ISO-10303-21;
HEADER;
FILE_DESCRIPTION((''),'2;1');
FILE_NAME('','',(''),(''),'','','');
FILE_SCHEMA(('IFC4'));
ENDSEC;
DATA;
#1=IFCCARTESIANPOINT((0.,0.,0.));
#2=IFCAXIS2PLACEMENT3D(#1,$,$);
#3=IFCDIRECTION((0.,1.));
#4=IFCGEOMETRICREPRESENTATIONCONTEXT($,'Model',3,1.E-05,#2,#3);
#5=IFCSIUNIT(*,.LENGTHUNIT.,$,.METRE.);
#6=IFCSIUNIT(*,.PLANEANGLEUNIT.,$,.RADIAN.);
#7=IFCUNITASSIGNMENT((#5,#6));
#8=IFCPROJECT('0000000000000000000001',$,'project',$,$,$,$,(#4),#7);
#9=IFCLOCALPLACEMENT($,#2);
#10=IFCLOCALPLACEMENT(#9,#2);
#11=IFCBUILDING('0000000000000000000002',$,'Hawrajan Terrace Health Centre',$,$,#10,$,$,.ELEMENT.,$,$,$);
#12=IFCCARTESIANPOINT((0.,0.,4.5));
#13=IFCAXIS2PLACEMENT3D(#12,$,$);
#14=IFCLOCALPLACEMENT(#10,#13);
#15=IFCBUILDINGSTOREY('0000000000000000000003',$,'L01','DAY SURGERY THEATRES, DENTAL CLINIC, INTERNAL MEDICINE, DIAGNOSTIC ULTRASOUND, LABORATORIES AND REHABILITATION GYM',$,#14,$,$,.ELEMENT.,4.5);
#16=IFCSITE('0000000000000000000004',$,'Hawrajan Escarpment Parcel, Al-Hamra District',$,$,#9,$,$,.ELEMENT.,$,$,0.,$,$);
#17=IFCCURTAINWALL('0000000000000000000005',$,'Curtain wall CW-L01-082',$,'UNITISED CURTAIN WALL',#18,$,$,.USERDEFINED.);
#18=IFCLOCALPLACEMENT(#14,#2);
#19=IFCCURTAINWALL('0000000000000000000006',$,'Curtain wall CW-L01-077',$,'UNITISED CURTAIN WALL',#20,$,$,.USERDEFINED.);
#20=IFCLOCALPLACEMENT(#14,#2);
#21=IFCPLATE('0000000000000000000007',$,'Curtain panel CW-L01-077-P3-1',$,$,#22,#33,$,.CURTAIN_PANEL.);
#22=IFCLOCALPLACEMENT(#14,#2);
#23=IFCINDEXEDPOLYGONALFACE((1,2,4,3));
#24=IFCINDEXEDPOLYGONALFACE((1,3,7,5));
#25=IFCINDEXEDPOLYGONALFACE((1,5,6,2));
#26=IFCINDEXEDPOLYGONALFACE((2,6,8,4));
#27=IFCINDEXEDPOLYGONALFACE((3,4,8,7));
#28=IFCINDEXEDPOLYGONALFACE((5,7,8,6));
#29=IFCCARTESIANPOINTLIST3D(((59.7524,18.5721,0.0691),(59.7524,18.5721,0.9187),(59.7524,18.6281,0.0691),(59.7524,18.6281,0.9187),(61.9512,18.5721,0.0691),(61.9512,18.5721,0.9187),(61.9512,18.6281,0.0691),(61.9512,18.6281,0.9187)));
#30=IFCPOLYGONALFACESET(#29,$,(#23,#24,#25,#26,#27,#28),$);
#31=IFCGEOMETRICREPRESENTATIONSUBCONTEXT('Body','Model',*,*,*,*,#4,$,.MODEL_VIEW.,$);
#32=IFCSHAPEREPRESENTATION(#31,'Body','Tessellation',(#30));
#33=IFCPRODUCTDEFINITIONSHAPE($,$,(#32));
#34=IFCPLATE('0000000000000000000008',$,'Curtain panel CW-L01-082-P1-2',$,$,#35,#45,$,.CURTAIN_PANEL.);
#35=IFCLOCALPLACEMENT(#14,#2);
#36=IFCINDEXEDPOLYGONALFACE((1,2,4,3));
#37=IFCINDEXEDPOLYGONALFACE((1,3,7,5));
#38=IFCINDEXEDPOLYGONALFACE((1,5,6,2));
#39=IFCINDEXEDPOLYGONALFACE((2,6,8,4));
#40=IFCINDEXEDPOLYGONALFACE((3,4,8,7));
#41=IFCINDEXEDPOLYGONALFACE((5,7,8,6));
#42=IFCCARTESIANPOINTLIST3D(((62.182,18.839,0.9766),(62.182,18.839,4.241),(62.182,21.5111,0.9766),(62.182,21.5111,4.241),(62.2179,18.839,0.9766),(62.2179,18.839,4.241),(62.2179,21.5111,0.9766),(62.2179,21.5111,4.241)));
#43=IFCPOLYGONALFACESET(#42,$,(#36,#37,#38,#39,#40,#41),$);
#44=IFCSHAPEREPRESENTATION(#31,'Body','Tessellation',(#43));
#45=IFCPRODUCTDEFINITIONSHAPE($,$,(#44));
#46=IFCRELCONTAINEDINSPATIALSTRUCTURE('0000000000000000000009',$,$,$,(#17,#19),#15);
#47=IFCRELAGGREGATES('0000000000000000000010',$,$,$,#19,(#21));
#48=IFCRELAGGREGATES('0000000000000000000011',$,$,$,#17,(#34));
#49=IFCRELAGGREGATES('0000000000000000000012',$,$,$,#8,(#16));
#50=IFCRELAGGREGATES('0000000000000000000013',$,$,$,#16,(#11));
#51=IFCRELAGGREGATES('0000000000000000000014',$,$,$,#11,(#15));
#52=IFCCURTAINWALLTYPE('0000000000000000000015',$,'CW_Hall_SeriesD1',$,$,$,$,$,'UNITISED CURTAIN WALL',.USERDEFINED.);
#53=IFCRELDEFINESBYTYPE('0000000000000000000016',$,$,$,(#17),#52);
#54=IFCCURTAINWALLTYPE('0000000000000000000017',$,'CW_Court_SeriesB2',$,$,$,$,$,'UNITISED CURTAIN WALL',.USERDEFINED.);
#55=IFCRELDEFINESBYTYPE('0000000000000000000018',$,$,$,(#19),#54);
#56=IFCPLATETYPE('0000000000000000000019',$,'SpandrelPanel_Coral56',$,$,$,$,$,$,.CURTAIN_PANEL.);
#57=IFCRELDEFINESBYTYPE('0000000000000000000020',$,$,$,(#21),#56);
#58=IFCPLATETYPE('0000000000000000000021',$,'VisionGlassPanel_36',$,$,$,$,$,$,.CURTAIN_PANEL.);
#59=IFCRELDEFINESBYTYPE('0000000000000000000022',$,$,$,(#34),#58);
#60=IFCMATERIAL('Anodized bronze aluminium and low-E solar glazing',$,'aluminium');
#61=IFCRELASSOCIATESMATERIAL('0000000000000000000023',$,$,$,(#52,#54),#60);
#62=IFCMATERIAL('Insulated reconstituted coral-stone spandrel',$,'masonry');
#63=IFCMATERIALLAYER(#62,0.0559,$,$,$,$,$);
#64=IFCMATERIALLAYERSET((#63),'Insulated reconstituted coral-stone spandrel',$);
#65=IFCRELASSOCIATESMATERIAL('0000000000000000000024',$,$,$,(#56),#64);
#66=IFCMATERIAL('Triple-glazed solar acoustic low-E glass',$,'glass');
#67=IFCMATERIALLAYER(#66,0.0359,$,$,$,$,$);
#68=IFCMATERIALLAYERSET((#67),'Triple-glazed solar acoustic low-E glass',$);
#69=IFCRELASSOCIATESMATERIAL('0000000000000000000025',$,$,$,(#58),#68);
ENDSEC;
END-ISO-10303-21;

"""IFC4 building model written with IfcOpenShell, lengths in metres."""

from ifc_helpers import new_model, si_unit, direction, frame, origin, origin_2d, place, context, subcontext, project, spatial, rectangle, extrude, material, layer, layer_set, type_object, element, aggregate, save


model = new_model("IFC4")

# Units and contexts
model_context = context("Model", 3, precision=1e-05, world=origin(), true_north=direction((0.0, 1.0)))
body_context = subcontext(model_context, "Body", "Model", "MODEL_VIEW")
ifc_project = project(units=[si_unit("LENGTHUNIT", "METRE"), si_unit("PLANEANGLEUNIT", "RADIAN")], contexts=[model_context])

# Site, building, storey
site_placement = place(None, origin())
site = spatial("IfcSite", under=ifc_project, at=site_placement, Name="Hawrajan Escarpment Parcel, Al-Hamra District", CompositionType="ELEMENT", RefElevation=0.0)
building_placement = place(site_placement, origin())
building = spatial("IfcBuilding", under=site, at=building_placement, Name="Hawrajan Terrace Health Centre", CompositionType="ELEMENT")
storey_placement = place(building_placement, frame((0.0, 0.0, 4.5)))
storey = spatial("IfcBuildingStorey", under=building, at=storey_placement, Name="L01", Description="DAY SURGERY THEATRES, DENTAL CLINIC, INTERNAL MEDICINE, DIAGNOSTIC ULTRASOUND, LABORATORIES AND REHABILITATION GYM", CompositionType="ELEMENT", Elevation=4.5)

# Curtain walls
ifc_material_1 = material(Name="Anodized bronze aluminium and low-E solar glazing", Category="aluminium")
curtain_wall_type_1 = type_object("IfcCurtainWallType", Name="CW_Hall_SeriesD1", ElementType="UNITISED CURTAIN WALL", PredefinedType="USERDEFINED", material=ifc_material_1)
curtain_wall_1_placement = place(storey_placement, origin())
curtain_wall_1 = element("IfcCurtainWall", 1, at=curtain_wall_1_placement, inside=storey, type_object=curtain_wall_type_1, Name="Curtain wall CW-L01-082", ObjectType="UNITISED CURTAIN WALL", PredefinedType="USERDEFINED")
curtain_wall_type_2 = type_object("IfcCurtainWallType", Name="CW_Court_SeriesB2", ElementType="UNITISED CURTAIN WALL", PredefinedType="USERDEFINED", material=ifc_material_1)
curtain_wall_2_placement = place(storey_placement, origin())
curtain_wall_2 = element("IfcCurtainWall", 2, at=curtain_wall_2_placement, inside=storey, type_object=curtain_wall_type_2, Name="Curtain wall CW-L01-077", ObjectType="UNITISED CURTAIN WALL", PredefinedType="USERDEFINED")

# Plates
ifc_material_2 = material(Name="Insulated reconstituted coral-stone spandrel", Category="masonry")
ifc_layer_1 = layer(ifc_material_2, 0.0559)
ifc_layer_set_1 = layer_set([ifc_layer_1], Name="Insulated reconstituted coral-stone spandrel")
plate_type_1 = type_object("IfcPlateType", Name="SpandrelPanel_Coral56", PredefinedType="CURTAIN_PANEL", material=ifc_layer_set_1)
plate_1_placement = place(storey_placement, frame((60.8518, 18.6001, 0.0691), z_axis=(0.0, 0.0, 1.0), x_axis=(1.0, 0.0, 0.0)))
plate_1 = element("IfcPlate", 3, at=plate_1_placement, type_object=plate_type_1, Name="Curtain panel CW-L01-077-P3-1", PredefinedType="CURTAIN_PANEL", context=body_context, shape_type="SweptSolid", body=[
    extrude(rectangle(XDim=2.1987, YDim=0.0559, at=origin_2d()), origin(), (0.0, 0.0, 1.0), 0.8496),
])
aggregate(curtain_wall_2, [plate_1])
ifc_material_3 = material(Name="Triple-glazed solar acoustic low-E glass", Category="glass")
ifc_layer_2 = layer(ifc_material_3, 0.0359)
ifc_layer_set_2 = layer_set([ifc_layer_2], Name="Triple-glazed solar acoustic low-E glass")
plate_type_2 = type_object("IfcPlateType", Name="VisionGlassPanel_36", PredefinedType="CURTAIN_PANEL", material=ifc_layer_set_2)
plate_2_placement = place(storey_placement, frame((62.2, 20.175, 0.9766), z_axis=(0.0, 0.0, 1.0), x_axis=(0.0, 1.0, 0.0)))
plate_2 = element("IfcPlate", 4, at=plate_2_placement, type_object=plate_type_2, Name="Curtain panel CW-L01-082-P1-2", PredefinedType="CURTAIN_PANEL", context=body_context, shape_type="SweptSolid", body=[
    extrude(rectangle(XDim=2.6721, YDim=0.0359, at=origin_2d()), origin(), (0.0, 0.0, 1.0), 3.2644),
])
aggregate(curtain_wall_1, [plate_2])

save(model, "model.ifc")
